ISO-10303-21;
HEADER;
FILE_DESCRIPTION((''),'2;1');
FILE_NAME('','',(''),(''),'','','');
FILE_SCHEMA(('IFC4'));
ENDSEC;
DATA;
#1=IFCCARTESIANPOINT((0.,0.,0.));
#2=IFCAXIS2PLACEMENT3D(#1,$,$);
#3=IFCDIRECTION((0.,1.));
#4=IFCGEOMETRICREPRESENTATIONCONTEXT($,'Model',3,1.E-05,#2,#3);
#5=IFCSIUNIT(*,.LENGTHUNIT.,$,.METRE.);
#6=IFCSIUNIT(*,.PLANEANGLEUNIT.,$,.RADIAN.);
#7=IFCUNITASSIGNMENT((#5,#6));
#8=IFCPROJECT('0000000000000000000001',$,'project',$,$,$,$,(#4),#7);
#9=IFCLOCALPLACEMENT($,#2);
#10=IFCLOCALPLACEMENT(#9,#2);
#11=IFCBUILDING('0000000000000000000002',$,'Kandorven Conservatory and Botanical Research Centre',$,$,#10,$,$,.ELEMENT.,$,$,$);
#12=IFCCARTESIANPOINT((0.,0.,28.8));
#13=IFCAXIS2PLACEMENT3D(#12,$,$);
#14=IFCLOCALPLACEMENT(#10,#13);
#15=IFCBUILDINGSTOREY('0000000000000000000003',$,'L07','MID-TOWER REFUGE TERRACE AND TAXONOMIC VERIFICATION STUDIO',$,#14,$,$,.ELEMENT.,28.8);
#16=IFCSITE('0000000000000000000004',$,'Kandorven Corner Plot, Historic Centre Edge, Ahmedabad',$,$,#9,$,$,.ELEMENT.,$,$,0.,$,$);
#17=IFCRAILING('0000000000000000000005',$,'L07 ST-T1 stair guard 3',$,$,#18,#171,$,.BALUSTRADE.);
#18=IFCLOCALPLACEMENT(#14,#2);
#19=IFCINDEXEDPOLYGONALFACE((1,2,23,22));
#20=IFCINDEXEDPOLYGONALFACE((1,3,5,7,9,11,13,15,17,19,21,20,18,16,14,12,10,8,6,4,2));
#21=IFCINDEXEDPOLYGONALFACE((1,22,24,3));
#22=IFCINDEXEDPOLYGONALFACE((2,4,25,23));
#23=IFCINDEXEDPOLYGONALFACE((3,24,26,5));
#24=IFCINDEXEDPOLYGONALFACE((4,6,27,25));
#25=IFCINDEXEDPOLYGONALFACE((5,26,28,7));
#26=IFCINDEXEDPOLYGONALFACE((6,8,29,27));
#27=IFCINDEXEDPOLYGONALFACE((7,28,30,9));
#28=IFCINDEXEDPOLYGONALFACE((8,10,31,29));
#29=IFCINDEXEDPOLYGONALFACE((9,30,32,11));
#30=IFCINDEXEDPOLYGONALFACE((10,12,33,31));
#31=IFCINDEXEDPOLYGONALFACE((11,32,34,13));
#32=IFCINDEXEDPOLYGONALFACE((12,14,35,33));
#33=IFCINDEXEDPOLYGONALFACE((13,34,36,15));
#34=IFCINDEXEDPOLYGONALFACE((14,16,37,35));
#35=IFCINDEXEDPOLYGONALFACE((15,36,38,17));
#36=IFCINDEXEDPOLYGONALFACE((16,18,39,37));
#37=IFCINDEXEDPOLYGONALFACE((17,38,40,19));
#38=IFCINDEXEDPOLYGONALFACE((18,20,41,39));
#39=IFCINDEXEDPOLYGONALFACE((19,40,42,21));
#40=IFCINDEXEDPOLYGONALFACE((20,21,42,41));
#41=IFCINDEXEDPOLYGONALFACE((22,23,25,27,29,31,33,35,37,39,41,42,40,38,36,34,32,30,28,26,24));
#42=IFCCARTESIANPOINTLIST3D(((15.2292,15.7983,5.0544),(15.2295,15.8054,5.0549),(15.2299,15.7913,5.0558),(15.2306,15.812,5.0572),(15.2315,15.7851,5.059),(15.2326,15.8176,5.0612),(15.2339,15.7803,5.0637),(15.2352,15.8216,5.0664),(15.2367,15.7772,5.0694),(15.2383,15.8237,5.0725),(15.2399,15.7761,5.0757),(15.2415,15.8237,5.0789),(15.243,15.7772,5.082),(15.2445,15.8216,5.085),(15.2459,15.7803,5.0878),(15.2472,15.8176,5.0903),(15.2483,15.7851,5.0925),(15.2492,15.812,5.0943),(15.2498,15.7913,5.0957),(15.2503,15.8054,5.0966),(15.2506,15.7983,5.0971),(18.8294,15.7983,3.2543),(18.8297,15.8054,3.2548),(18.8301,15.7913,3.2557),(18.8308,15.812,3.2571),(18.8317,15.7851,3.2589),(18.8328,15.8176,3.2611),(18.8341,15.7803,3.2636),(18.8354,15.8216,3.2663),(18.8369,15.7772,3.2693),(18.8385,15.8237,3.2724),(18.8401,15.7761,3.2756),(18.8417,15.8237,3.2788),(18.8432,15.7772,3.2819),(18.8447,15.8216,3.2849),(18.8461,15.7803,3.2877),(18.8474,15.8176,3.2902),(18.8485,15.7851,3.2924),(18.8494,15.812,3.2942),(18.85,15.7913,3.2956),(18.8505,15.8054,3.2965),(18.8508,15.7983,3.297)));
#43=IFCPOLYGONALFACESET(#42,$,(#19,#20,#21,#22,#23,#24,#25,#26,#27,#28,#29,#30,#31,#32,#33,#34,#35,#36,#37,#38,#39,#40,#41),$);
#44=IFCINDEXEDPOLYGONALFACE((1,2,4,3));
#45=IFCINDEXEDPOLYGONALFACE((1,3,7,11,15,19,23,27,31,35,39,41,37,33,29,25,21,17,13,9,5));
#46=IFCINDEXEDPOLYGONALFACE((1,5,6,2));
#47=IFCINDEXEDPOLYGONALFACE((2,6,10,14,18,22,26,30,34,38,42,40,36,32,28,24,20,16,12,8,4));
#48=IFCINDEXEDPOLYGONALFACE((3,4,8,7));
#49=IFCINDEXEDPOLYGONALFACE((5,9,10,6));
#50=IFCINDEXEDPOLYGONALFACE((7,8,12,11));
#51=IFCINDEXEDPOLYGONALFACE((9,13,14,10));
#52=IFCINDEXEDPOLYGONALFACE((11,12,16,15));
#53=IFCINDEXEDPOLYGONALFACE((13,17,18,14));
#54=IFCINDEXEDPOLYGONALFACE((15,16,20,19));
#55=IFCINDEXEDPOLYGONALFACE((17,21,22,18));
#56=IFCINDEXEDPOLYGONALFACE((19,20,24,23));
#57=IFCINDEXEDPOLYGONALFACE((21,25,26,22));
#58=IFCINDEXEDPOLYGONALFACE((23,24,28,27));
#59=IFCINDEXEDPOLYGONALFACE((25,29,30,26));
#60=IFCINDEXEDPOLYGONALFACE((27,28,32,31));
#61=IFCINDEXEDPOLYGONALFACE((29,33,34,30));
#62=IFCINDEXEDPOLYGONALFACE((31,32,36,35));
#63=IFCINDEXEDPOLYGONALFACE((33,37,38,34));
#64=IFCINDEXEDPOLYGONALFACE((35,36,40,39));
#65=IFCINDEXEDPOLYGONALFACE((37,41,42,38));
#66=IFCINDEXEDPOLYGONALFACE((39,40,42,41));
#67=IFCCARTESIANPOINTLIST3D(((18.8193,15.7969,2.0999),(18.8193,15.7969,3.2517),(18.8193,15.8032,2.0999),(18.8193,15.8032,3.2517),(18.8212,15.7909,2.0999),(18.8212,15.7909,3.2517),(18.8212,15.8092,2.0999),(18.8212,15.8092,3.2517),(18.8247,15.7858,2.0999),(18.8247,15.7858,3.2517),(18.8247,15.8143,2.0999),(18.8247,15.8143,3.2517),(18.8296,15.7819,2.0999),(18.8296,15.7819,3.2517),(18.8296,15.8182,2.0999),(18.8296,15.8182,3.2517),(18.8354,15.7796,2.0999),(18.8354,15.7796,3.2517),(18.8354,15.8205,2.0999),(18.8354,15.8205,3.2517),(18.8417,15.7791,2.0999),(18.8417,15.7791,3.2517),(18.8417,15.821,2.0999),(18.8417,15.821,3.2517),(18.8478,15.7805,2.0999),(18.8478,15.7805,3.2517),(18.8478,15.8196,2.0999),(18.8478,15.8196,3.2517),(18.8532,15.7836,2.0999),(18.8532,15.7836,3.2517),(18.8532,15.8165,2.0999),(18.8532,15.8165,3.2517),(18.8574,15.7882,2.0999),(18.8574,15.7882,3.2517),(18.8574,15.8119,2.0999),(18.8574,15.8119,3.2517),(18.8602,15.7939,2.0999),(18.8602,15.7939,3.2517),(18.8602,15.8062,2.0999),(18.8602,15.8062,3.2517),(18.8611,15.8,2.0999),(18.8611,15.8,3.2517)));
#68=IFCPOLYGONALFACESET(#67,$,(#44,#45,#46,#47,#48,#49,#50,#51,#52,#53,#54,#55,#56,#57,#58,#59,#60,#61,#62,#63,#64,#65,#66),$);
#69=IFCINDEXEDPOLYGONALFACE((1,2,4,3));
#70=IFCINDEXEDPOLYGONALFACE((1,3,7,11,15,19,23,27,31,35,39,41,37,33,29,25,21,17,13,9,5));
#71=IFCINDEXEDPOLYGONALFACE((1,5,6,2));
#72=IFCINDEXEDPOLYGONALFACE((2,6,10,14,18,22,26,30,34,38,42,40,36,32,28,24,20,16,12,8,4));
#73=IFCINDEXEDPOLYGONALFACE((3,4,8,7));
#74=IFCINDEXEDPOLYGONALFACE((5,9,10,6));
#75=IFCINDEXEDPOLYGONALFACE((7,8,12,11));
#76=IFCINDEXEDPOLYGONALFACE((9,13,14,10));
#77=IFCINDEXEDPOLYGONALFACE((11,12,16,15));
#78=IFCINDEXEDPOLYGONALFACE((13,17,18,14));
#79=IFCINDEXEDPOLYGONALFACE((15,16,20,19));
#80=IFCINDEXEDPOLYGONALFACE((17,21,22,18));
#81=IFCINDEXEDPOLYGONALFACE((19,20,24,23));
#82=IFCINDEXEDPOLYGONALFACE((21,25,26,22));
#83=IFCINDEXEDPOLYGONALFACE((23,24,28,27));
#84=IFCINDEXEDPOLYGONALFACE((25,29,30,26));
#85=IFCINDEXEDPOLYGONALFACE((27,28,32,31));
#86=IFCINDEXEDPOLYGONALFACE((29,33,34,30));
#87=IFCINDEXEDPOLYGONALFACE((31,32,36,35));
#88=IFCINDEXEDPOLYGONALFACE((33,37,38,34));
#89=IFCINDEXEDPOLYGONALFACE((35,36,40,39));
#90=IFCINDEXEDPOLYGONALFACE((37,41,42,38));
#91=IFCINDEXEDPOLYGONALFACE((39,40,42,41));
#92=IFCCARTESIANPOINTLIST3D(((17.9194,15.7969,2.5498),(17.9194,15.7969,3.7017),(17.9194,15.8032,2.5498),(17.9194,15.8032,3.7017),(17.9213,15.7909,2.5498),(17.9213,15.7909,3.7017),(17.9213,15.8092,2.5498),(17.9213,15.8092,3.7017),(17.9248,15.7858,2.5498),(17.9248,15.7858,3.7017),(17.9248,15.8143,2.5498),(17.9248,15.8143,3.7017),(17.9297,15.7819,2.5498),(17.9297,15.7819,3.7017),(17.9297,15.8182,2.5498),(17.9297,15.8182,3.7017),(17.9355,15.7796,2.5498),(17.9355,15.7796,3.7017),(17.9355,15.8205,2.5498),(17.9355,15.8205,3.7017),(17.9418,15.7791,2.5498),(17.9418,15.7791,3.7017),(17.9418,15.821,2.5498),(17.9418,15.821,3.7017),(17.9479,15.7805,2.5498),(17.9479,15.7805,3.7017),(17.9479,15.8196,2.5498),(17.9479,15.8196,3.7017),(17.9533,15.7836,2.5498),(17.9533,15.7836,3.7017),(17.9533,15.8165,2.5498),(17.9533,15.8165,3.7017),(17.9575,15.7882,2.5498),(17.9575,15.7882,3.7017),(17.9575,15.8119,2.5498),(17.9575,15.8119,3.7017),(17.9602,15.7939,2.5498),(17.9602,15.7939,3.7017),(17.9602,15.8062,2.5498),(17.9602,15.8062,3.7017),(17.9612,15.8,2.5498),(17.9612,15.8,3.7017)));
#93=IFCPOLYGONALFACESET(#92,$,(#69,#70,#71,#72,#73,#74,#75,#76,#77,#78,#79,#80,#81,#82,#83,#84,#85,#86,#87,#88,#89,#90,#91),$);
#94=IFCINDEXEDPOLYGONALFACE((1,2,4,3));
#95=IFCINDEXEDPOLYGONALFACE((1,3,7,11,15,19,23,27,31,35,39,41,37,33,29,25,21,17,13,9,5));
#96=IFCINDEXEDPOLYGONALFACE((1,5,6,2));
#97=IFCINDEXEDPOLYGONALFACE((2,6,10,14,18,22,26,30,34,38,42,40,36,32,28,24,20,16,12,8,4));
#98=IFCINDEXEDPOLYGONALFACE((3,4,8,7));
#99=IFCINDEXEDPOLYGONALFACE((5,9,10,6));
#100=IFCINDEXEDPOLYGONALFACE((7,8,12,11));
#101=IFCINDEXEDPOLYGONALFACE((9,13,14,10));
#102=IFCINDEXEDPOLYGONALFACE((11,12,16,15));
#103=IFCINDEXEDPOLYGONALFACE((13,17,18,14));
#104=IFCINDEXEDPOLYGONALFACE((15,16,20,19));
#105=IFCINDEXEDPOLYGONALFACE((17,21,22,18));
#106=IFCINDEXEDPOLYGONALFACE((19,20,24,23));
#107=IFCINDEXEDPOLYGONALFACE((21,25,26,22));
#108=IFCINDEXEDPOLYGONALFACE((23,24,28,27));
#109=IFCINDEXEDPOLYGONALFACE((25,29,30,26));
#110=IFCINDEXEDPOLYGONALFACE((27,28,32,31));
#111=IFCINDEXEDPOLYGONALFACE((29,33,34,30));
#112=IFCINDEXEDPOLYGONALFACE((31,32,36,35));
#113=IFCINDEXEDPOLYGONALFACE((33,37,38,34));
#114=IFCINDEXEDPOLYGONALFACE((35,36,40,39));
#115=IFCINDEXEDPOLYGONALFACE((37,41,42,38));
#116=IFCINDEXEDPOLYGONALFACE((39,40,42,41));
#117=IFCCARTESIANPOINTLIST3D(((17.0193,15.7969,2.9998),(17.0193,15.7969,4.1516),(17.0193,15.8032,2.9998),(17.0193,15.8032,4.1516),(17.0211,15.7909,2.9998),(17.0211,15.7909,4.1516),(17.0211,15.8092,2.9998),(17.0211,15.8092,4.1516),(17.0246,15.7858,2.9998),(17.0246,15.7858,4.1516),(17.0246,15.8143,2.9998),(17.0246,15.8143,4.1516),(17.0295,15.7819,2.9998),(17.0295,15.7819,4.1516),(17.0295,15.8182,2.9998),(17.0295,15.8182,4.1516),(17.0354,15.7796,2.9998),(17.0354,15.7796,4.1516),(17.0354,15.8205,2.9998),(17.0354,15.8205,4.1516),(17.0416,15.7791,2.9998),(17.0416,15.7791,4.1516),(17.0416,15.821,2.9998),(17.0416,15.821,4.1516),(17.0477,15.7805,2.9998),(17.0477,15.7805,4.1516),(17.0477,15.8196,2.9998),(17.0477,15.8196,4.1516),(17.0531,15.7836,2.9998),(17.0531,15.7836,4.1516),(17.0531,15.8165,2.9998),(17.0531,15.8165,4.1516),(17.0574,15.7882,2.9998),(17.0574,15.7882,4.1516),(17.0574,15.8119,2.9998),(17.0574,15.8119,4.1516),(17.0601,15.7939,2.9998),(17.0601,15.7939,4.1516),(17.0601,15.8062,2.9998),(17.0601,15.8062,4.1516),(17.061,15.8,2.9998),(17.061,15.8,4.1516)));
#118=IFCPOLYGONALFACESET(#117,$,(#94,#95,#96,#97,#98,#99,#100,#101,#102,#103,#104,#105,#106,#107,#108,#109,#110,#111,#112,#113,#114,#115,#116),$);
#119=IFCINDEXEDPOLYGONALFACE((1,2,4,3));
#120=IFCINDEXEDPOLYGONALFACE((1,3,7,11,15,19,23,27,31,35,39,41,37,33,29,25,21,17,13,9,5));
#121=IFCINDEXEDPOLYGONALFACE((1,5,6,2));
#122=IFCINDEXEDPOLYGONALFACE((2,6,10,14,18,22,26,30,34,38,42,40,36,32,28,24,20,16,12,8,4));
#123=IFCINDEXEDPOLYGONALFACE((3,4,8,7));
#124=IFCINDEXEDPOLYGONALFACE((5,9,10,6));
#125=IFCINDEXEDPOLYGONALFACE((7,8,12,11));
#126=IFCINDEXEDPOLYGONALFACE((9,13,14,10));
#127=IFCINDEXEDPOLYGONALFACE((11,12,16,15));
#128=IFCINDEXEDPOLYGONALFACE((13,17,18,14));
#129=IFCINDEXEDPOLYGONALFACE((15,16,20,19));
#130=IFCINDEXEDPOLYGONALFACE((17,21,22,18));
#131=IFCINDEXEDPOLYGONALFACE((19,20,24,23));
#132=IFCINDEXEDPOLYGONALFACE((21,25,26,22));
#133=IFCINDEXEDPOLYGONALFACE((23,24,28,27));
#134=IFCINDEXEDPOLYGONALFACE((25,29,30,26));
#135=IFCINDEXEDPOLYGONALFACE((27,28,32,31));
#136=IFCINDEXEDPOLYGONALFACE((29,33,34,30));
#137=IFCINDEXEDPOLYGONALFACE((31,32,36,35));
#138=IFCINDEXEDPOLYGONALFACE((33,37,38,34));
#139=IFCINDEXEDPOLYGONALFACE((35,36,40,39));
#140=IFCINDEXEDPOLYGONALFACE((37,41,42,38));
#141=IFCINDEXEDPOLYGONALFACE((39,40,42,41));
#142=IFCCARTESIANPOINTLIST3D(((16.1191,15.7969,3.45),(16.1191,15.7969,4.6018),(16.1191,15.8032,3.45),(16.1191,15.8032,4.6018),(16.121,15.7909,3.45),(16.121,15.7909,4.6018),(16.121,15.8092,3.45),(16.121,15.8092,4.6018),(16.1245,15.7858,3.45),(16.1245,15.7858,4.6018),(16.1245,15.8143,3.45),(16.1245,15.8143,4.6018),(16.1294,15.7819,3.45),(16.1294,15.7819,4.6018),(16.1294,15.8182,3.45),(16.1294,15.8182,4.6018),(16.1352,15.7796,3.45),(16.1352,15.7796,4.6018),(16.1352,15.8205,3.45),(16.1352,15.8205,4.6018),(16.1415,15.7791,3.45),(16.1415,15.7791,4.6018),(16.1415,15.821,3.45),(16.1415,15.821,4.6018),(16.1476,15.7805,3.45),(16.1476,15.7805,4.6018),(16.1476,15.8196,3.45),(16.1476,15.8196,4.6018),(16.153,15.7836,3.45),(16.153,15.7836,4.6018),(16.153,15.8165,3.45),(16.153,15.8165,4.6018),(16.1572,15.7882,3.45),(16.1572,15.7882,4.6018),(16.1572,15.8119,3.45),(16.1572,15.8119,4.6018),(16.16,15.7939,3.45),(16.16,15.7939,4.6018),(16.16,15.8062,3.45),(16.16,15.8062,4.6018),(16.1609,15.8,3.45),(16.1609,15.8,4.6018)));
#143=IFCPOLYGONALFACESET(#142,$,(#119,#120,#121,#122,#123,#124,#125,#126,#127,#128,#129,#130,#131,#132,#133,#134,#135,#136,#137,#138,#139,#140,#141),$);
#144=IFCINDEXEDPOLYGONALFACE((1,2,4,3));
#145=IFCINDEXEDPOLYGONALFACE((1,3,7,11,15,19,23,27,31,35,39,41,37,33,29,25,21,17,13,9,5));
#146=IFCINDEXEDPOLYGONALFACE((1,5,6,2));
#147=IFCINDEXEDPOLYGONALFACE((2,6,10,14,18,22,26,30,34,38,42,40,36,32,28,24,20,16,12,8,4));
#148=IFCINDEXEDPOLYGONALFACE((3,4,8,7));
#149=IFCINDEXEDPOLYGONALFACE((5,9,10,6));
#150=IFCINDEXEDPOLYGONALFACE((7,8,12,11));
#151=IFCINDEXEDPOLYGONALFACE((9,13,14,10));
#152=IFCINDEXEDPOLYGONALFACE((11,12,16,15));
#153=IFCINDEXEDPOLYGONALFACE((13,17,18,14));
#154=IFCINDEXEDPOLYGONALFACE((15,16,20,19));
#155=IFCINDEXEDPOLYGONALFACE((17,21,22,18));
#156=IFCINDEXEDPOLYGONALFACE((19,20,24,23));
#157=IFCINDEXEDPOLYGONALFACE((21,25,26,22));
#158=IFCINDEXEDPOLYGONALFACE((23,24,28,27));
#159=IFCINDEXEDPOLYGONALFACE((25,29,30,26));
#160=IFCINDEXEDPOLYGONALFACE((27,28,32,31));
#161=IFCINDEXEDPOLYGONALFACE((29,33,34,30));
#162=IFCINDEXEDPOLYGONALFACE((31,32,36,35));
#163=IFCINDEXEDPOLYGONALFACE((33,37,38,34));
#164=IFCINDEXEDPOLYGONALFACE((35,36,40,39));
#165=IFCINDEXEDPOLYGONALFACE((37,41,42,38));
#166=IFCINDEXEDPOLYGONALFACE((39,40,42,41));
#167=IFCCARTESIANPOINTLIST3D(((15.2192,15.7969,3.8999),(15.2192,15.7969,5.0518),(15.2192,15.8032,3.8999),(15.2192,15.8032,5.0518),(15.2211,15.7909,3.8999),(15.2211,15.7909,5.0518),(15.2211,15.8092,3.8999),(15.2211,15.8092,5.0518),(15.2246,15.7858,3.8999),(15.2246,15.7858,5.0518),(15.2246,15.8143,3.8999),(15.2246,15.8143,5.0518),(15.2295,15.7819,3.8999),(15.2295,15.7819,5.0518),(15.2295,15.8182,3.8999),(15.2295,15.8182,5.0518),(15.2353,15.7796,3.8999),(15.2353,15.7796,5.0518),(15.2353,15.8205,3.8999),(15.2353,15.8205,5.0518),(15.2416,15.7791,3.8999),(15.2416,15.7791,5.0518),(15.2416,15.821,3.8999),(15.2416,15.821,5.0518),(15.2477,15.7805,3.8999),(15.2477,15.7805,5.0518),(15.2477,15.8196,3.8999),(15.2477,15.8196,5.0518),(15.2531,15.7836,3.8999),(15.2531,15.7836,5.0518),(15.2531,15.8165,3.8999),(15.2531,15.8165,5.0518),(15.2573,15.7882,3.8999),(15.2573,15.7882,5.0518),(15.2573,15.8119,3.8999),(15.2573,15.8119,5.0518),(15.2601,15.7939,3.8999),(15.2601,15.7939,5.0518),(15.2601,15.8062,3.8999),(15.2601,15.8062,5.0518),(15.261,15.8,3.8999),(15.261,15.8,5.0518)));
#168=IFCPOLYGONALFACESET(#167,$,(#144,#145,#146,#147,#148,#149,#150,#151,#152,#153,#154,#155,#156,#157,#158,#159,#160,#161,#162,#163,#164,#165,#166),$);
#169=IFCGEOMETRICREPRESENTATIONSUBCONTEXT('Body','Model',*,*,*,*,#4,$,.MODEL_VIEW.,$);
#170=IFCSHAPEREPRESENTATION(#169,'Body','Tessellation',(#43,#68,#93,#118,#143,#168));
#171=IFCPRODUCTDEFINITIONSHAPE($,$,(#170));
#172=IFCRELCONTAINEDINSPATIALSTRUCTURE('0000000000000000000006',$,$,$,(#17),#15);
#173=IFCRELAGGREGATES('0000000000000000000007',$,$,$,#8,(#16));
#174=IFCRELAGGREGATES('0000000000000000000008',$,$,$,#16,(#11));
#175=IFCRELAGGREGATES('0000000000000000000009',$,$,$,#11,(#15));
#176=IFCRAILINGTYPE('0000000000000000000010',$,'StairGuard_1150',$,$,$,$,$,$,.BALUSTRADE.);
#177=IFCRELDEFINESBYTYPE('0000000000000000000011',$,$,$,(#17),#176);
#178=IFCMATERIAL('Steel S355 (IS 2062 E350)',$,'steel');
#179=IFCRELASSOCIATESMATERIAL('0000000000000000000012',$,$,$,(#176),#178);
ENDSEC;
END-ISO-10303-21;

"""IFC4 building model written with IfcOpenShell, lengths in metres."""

from ifc_helpers import new_model, si_unit, direction, frame, origin, origin_2d, place, context, subcontext, project, spatial, circle, extrude, material, type_object, element, save


model = new_model("IFC4")

# Units and contexts
model_context = context("Model", 3, precision=1e-05, world=origin(), true_north=direction((0.0, 1.0)))
body_context = subcontext(model_context, "Body", "Model", "MODEL_VIEW")
ifc_project = project(units=[si_unit("LENGTHUNIT", "METRE"), si_unit("PLANEANGLEUNIT", "RADIAN")], contexts=[model_context])

# Site, building, storey
site_placement = place(None, origin())
site = spatial("IfcSite", under=ifc_project, at=site_placement, Name="Kandorven Corner Plot, Historic Centre Edge, Ahmedabad", CompositionType="ELEMENT", RefElevation=0.0)
building_placement = place(site_placement, origin())
building = spatial("IfcBuilding", under=site, at=building_placement, Name="Kandorven Conservatory and Botanical Research Centre", CompositionType="ELEMENT")
storey_placement = place(building_placement, frame((0.0, 0.0, 28.8)))
storey = spatial("IfcBuildingStorey", under=building, at=storey_placement, Name="L07", Description="MID-TOWER REFUGE TERRACE AND TAXONOMIC VERIFICATION STUDIO", CompositionType="ELEMENT", Elevation=28.8)

# Railing
ifc_material_1 = material(Name="Steel S355 (IS 2062 E350)", Category="steel")
railing_type_1 = type_object("IfcRailingType", Name="StairGuard_1150", PredefinedType="BALUSTRADE", material=ifc_material_1)
railing_1_placement = place(storey_placement, frame((18.8401, 15.8, 2.0999)))
element("IfcRailing", 1, at=railing_1_placement, inside=storey, type_object=railing_type_1, Name="L07 ST-T1 stair guard 3", PredefinedType="BALUSTRADE", context=body_context, shape_type="SweptSolid", body=[
    extrude(circle(Radius=0.0239, at=origin_2d()), frame((0.0, 0.0, 1.1758), z_axis=(-0.894427, 0.0, 0.447214), x_axis=(0.0, -1.0, 0.0)), (0.0, 0.0, 1.0), 4.0251),
    extrude(circle(Radius=0.021, at=origin_2d()), origin(), (0.0, 0.0, 1.0), 1.1519),
    extrude(circle(Radius=0.021, at=origin_2d()), frame((-0.8999, 0.0, 0.45)), (0.0, 0.0, 1.0), 1.1519),
    extrude(circle(Radius=0.021, at=origin_2d()), frame((-1.8, 0.0, 0.8999)), (0.0, 0.0, 1.0), 1.1519),
    extrude(circle(Radius=0.021, at=origin_2d()), frame((-2.7002, 0.0, 1.3501)), (0.0, 0.0, 1.0), 1.1519),
    extrude(circle(Radius=0.021, at=origin_2d()), frame((-3.6001, 0.0, 1.8)), (0.0, 0.0, 1.0), 1.1519),
])

save(model, "model.ifc")
